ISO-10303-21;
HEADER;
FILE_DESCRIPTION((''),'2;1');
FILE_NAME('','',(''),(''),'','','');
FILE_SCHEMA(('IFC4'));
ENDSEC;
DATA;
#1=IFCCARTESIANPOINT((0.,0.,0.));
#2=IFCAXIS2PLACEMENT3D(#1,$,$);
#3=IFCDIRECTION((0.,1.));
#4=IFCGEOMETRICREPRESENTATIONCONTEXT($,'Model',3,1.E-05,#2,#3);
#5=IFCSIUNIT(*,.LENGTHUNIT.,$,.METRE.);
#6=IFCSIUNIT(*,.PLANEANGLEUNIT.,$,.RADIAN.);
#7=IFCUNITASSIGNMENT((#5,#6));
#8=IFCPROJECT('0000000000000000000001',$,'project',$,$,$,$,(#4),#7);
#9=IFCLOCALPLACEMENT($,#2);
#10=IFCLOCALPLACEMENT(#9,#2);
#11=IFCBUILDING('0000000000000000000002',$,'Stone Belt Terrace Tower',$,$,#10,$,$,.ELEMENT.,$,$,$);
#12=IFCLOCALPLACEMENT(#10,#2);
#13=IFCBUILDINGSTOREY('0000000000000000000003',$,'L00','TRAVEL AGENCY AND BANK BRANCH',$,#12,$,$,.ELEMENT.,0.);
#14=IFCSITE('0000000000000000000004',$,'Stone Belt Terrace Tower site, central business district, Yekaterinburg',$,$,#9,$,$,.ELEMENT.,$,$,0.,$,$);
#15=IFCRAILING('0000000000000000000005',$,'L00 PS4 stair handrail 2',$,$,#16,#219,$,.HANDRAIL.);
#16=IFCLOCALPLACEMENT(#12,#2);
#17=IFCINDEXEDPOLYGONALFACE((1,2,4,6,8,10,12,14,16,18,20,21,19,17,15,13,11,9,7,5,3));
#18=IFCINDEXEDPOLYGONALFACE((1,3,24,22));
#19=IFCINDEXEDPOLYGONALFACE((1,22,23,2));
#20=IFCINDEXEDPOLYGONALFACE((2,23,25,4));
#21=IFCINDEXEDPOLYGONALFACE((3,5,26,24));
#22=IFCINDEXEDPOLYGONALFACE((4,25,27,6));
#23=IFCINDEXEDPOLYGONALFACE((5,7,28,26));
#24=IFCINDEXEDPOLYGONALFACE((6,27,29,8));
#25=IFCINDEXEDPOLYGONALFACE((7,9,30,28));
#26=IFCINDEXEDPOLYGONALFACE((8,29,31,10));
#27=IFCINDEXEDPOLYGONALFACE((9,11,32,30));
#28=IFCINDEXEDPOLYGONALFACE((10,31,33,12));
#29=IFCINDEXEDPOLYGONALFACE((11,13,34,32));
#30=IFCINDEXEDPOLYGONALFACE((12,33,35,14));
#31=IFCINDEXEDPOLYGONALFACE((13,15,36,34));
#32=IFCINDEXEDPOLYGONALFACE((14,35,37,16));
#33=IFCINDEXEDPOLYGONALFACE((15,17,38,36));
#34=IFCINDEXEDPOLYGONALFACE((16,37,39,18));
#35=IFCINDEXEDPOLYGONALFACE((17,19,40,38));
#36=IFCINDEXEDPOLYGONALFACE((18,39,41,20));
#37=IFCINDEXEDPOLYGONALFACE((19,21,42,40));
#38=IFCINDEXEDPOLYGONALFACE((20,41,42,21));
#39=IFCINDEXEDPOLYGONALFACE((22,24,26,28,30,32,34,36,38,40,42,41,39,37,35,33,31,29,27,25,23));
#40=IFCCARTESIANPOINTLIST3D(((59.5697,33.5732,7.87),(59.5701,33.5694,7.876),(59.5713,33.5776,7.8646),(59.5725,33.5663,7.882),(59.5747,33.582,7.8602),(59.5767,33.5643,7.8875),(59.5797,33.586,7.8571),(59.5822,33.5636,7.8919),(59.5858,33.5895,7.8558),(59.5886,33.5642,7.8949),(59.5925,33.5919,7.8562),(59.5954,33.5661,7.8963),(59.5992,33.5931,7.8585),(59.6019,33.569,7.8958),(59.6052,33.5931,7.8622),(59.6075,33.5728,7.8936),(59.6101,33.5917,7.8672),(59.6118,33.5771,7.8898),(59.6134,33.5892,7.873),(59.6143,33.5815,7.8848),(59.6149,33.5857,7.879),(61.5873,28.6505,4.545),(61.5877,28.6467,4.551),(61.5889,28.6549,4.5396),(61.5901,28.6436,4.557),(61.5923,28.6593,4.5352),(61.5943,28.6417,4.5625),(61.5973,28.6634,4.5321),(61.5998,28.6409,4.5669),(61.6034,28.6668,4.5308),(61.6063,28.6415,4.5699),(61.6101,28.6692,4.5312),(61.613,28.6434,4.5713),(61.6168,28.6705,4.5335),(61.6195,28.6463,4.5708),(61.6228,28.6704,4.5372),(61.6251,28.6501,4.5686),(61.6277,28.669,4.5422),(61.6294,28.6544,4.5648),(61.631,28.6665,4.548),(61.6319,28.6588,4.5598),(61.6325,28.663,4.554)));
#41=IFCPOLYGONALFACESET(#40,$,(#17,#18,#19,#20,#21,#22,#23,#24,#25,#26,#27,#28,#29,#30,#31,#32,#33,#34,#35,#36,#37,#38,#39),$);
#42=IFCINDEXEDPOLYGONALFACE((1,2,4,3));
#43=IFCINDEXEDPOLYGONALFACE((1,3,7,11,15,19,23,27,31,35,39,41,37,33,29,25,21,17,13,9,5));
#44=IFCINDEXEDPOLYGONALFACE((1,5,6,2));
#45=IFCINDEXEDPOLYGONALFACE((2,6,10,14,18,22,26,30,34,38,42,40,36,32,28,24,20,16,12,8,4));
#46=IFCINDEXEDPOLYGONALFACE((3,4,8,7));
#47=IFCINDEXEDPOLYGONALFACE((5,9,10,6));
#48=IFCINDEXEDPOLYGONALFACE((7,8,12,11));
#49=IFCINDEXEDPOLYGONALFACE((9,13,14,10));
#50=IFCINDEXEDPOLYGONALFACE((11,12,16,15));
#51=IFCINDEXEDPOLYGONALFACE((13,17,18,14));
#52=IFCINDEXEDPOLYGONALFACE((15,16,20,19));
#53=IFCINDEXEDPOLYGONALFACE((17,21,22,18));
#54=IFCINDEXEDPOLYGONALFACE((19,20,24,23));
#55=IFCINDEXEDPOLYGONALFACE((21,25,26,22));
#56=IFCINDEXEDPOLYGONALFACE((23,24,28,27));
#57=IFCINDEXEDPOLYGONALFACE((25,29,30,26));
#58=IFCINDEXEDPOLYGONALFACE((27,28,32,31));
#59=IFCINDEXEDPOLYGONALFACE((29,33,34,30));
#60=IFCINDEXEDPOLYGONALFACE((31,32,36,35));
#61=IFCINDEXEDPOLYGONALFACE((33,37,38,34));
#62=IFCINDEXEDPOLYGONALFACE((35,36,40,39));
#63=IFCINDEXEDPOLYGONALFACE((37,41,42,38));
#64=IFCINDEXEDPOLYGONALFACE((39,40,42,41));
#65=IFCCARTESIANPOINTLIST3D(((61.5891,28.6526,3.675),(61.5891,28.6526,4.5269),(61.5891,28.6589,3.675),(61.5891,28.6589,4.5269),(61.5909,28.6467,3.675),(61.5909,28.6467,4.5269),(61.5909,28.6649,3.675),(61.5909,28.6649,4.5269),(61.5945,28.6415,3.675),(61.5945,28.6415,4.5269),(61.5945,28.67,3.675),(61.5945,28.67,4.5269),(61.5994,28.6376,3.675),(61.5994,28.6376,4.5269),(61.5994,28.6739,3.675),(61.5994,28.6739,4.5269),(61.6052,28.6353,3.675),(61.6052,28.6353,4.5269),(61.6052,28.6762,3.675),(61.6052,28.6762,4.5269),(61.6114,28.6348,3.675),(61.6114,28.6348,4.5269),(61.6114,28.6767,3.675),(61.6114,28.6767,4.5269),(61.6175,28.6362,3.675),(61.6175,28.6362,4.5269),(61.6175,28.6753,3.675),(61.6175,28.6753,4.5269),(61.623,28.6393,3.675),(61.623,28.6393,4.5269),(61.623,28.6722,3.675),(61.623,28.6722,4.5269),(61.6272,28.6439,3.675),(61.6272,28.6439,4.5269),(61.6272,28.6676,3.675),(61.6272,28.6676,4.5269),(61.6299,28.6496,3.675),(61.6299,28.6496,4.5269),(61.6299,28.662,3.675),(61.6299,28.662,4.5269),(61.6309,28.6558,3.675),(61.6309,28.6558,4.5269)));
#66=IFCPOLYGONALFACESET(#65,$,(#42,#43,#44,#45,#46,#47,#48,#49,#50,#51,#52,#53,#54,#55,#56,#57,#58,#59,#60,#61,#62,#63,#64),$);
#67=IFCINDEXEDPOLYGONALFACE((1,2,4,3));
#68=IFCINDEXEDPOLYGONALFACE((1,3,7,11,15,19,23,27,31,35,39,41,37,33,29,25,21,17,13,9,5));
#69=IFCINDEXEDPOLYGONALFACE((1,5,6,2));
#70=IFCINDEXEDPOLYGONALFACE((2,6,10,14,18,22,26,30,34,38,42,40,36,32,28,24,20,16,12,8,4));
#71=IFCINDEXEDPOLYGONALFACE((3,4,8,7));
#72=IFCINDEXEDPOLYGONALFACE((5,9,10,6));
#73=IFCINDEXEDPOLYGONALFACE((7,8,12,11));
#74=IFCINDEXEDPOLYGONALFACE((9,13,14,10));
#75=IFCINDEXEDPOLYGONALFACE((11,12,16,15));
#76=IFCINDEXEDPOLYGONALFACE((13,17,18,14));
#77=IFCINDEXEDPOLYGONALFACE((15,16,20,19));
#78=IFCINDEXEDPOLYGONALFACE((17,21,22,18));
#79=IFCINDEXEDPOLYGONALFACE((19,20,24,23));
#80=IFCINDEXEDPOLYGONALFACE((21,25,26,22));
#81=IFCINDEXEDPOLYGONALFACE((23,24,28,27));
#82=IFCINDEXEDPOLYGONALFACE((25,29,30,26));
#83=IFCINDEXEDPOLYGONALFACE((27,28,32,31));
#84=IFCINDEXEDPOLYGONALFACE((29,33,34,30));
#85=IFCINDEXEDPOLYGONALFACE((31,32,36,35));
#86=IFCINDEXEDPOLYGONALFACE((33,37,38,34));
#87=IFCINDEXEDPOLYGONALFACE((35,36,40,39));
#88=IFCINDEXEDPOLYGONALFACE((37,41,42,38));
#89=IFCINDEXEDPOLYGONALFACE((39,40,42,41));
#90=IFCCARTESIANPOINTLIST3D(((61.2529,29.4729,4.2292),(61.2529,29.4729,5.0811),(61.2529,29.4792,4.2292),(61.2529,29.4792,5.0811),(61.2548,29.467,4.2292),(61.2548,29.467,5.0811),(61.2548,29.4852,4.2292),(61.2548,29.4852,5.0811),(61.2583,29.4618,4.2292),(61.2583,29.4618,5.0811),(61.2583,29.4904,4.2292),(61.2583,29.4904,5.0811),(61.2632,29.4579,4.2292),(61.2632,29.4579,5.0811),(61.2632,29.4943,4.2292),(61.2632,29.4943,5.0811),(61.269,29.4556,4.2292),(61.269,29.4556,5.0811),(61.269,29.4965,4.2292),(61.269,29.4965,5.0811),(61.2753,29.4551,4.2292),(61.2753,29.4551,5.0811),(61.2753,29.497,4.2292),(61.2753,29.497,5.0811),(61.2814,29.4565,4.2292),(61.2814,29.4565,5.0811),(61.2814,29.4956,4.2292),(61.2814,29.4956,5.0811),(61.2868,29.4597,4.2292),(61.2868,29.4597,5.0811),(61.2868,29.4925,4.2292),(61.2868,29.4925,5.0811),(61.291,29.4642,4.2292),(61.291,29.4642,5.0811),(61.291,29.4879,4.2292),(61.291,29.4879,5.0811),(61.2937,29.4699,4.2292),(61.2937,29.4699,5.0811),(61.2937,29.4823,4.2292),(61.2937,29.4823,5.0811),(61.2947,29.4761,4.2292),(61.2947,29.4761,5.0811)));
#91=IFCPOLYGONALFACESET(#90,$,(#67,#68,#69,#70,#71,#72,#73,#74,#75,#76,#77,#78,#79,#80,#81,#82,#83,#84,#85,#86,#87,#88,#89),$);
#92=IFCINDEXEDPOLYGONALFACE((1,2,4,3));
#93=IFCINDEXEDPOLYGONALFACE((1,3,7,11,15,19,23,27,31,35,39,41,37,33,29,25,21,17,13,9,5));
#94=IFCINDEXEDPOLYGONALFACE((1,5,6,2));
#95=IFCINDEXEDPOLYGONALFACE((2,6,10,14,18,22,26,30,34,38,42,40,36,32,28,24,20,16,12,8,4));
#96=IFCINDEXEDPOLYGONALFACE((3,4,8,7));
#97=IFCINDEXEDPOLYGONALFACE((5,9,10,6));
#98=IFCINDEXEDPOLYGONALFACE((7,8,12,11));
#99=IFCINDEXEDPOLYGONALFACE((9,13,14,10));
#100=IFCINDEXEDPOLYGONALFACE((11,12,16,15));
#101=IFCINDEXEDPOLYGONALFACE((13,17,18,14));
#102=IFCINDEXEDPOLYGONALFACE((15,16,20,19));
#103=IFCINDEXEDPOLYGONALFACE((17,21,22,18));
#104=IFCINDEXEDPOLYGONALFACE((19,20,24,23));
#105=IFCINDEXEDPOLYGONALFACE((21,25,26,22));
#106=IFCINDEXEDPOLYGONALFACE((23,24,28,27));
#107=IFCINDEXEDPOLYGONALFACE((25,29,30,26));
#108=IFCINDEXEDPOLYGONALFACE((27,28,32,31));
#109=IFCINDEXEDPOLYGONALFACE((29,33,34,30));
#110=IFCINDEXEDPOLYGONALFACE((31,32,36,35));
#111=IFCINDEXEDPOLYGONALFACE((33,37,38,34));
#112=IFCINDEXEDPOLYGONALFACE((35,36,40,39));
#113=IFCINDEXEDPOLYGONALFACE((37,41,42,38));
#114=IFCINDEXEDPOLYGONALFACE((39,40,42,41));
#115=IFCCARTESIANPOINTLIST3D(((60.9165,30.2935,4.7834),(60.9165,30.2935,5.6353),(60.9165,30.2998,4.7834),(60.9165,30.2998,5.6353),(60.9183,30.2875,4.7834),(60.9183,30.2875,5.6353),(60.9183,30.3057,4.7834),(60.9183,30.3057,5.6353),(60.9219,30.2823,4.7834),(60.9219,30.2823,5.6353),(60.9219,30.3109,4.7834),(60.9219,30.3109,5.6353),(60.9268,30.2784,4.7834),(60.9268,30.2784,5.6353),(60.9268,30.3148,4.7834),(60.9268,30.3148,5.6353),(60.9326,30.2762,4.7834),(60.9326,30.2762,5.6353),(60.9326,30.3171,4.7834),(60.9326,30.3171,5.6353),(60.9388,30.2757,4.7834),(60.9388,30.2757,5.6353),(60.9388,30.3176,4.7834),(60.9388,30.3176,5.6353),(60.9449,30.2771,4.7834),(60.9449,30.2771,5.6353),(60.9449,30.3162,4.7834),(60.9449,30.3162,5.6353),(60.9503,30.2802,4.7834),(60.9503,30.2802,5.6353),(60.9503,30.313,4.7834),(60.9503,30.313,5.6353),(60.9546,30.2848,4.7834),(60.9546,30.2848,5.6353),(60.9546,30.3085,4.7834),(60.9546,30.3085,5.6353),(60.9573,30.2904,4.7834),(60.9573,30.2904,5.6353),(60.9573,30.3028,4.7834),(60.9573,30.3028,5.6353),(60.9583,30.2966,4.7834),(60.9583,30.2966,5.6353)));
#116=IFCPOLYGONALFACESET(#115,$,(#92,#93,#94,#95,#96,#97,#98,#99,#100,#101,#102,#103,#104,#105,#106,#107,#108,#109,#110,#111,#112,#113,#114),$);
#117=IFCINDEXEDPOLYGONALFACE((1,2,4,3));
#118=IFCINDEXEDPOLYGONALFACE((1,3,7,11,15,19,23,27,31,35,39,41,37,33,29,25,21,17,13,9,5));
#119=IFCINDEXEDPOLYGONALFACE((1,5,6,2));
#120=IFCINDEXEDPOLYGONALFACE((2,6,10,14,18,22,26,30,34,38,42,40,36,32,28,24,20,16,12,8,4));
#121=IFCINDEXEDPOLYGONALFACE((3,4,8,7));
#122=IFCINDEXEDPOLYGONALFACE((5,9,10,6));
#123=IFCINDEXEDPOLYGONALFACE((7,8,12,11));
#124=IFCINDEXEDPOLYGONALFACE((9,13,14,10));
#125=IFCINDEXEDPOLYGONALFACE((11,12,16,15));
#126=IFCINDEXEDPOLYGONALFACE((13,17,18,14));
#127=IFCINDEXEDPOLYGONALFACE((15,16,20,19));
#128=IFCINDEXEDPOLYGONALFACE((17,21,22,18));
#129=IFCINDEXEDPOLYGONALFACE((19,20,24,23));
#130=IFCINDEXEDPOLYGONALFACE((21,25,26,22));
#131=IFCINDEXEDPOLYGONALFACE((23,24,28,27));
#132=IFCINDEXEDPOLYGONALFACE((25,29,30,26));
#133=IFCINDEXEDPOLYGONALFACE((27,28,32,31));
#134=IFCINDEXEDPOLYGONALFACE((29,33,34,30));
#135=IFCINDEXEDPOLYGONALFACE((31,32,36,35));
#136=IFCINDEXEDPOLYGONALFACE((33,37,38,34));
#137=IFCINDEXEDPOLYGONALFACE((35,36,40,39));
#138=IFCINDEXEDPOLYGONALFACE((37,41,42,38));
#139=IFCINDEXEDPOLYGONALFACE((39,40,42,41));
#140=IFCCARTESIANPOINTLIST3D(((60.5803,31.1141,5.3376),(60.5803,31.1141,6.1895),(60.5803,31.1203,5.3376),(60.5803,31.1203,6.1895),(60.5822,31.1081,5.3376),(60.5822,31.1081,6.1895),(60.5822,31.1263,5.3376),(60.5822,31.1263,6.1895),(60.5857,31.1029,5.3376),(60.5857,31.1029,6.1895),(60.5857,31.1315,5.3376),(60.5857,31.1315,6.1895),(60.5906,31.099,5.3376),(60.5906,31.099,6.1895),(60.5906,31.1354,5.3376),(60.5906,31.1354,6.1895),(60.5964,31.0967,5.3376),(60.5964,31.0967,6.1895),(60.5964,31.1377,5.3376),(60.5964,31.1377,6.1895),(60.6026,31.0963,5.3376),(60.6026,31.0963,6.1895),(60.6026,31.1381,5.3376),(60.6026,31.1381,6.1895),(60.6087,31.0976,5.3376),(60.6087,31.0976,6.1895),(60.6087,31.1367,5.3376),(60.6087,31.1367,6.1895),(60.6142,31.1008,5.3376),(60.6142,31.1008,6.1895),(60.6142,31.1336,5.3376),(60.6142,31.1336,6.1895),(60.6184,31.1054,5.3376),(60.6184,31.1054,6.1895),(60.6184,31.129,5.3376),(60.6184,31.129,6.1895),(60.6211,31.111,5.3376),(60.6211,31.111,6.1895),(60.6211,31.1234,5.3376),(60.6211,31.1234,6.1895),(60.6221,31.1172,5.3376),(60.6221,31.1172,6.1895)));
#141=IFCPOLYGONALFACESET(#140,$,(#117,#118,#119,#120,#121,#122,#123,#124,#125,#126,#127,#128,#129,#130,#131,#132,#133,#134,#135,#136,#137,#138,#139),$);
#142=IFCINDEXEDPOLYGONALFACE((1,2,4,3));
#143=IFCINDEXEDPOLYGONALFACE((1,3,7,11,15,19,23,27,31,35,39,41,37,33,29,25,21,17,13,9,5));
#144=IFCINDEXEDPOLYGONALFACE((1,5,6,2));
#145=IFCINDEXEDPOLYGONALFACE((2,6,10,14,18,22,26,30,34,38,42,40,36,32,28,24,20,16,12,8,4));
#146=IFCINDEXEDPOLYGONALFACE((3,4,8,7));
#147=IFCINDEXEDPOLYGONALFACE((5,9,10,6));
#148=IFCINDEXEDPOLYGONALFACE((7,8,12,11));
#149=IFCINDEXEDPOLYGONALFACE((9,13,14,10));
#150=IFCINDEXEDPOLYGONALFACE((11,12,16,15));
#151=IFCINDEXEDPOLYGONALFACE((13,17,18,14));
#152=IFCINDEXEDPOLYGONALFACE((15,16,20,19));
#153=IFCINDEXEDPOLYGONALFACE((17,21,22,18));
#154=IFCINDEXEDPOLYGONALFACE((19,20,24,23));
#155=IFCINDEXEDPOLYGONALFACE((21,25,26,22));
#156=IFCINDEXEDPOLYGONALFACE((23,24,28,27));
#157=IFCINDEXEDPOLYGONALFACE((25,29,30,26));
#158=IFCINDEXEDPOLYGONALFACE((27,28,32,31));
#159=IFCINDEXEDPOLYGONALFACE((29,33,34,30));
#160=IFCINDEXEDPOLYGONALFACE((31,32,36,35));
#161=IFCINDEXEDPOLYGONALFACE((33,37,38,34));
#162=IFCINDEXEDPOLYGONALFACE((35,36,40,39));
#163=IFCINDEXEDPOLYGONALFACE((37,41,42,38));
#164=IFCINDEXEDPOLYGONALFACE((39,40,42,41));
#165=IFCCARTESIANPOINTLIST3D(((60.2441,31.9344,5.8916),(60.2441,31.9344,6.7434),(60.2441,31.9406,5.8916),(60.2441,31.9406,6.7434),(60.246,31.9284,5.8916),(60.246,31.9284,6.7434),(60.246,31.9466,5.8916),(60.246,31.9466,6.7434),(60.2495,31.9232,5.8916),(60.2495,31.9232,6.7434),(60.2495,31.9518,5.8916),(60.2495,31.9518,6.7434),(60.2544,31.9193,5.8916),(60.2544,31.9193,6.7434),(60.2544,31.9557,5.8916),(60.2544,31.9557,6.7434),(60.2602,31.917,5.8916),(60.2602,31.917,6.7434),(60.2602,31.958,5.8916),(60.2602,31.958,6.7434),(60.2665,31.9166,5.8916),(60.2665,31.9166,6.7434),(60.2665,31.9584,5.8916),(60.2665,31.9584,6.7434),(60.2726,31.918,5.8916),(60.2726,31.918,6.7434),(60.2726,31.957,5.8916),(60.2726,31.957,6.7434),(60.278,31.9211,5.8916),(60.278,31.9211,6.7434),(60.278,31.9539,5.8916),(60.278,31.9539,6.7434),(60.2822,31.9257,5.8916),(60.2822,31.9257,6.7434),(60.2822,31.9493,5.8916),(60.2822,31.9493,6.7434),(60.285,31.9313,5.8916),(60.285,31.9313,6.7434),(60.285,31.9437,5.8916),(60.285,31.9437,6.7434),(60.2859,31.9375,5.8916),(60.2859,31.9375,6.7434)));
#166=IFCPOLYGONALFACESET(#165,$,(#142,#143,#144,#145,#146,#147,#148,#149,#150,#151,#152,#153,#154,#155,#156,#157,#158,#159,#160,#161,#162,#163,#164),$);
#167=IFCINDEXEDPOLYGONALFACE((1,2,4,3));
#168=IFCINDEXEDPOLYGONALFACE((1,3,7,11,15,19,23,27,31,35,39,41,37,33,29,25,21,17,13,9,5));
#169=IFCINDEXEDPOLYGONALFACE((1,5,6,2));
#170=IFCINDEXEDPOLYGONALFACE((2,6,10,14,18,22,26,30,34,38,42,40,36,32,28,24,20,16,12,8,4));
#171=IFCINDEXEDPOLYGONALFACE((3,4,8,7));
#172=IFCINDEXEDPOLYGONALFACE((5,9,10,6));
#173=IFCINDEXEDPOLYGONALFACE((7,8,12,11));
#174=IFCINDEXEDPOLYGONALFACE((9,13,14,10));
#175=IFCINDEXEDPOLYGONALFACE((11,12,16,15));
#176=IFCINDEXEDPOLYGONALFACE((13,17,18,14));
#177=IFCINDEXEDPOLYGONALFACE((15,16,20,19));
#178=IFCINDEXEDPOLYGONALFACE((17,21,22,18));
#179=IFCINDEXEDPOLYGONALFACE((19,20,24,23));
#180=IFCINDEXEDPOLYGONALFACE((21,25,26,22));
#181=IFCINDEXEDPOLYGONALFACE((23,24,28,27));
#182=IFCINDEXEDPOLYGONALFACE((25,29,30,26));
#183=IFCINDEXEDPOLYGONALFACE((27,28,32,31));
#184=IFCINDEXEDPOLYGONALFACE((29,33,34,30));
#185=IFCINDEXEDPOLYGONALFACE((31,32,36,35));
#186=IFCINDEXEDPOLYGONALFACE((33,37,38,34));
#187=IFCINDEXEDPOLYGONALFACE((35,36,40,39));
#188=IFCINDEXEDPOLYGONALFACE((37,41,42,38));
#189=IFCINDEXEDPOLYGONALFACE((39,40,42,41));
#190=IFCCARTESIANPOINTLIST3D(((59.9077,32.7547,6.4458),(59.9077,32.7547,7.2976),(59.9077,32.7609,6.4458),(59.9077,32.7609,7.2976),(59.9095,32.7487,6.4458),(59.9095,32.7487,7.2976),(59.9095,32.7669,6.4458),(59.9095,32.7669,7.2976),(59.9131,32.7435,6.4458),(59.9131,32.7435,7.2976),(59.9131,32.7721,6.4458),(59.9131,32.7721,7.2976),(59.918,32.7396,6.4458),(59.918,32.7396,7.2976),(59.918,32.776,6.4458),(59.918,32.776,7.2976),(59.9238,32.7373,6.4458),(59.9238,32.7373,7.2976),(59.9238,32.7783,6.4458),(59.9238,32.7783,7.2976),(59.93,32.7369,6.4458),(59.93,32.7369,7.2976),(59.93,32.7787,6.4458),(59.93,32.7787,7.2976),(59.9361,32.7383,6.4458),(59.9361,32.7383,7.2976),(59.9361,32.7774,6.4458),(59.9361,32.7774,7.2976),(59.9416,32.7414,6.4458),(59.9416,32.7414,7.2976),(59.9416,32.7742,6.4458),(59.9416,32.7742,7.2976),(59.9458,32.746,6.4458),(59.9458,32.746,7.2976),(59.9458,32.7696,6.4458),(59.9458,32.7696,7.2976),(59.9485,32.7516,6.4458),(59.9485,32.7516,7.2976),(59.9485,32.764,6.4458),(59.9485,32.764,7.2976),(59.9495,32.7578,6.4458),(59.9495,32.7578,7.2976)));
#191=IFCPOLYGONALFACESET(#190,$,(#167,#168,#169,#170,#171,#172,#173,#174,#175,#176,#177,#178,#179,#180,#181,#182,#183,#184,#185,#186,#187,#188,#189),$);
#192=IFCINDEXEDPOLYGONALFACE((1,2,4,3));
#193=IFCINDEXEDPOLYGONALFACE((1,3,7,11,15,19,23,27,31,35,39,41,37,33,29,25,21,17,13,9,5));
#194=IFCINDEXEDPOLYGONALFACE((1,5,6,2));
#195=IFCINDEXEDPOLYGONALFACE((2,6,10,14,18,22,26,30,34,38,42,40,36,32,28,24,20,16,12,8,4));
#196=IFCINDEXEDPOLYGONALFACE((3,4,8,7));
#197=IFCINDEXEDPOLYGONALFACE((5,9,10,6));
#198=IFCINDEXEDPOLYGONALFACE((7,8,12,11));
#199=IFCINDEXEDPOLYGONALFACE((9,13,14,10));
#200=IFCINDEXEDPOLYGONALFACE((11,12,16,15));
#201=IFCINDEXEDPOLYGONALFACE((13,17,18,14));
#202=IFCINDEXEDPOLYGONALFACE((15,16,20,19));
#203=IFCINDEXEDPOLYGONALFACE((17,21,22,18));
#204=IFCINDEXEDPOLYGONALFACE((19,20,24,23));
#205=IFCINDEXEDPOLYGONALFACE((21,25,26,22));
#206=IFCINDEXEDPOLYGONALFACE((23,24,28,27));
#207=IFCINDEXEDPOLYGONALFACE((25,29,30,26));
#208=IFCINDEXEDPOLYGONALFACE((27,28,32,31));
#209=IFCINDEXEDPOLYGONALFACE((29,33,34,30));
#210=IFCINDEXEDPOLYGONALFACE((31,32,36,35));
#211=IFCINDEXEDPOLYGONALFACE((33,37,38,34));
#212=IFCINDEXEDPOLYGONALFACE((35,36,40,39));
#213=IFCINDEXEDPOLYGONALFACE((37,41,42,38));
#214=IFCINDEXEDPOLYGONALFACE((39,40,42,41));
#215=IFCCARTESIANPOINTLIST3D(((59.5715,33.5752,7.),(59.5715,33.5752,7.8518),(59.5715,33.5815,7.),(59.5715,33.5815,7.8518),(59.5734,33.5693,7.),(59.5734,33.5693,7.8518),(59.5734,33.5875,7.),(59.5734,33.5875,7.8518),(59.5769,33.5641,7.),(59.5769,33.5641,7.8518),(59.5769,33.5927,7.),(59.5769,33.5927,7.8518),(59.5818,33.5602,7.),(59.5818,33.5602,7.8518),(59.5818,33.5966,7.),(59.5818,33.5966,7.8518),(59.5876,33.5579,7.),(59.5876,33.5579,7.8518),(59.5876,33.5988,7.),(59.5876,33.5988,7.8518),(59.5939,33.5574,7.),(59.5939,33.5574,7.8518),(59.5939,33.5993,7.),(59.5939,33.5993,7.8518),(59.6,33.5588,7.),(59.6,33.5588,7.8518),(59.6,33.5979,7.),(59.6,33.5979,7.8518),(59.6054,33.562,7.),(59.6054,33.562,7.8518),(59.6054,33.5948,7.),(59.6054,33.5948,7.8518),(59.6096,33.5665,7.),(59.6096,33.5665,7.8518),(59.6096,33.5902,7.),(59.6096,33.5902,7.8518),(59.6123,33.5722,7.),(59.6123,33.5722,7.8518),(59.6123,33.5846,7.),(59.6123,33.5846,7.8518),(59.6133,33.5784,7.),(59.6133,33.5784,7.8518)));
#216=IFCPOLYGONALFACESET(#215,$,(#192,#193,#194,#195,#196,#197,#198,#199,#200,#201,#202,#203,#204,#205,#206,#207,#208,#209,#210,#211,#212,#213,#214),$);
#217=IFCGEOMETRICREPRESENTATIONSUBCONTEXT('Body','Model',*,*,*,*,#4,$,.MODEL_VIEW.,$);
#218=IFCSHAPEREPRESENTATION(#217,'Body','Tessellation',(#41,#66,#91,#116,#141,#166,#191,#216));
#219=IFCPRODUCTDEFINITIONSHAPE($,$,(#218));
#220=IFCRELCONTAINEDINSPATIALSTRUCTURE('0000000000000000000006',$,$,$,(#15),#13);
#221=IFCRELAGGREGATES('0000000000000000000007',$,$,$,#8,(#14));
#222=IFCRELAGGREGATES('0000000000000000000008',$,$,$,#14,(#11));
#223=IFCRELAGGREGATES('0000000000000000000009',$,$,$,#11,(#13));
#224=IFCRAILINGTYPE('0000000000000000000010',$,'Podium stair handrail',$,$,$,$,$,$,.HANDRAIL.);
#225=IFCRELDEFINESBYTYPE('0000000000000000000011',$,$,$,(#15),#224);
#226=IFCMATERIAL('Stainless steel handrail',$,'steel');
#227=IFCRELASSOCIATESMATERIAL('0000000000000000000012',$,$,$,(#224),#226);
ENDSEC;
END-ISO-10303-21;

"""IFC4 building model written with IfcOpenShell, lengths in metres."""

from ifc_helpers import new_model, si_unit, direction, frame, origin, origin_2d, place, context, subcontext, project, spatial, circle, extrude, material, type_object, element, save


model = new_model("IFC4")

# Units and contexts
model_context = context("Model", 3, precision=1e-05, world=origin(), true_north=direction((0.0, 1.0)))
body_context = subcontext(model_context, "Body", "Model", "MODEL_VIEW")
ifc_project = project(units=[si_unit("LENGTHUNIT", "METRE"), si_unit("PLANEANGLEUNIT", "RADIAN")], contexts=[model_context])

# Site, building, storey
site_placement = place(None, origin())
site = spatial("IfcSite", under=ifc_project, at=site_placement, Name="Stone Belt Terrace Tower site, central business district, Yekaterinburg", CompositionType="ELEMENT", RefElevation=0.0)
building_placement = place(site_placement, origin())
building = spatial("IfcBuilding", under=site, at=building_placement, Name="Stone Belt Terrace Tower", CompositionType="ELEMENT")
storey_placement = place(building_placement, origin())
storey = spatial("IfcBuildingStorey", under=building, at=storey_placement, Name="L00", Description="TRAVEL AGENCY AND BANK BRANCH", CompositionType="ELEMENT", Elevation=0.0)

# Railing
ifc_material_1 = material(Name="Stainless steel handrail", Category="steel")
railing_type_1 = type_object("IfcRailingType", Name="Podium stair handrail", PredefinedType="HANDRAIL", material=ifc_material_1)
railing_1_placement = place(storey_placement, frame((61.6099, 28.6558, 3.675)))
element("IfcRailing", 1, at=railing_1_placement, inside=storey, type_object=railing_type_1, Name="L00 PS4 stair handrail 2", PredefinedType="HANDRAIL", context=body_context, shape_type="SweptSolid", body=[
    extrude(circle(Radius=0.0239, at=origin_2d()), frame((0.0, 0.0, 0.876), z_axis=(-0.321598, 0.784655, 0.529991), x_axis=(-0.925297, -0.379242, 0.0)), (0.0, 0.0, 1.0), 6.2737),
    extrude(circle(Radius=0.021, at=origin_2d()), origin(), (0.0, 0.0, 1.0), 0.8518),
    extrude(circle(Radius=0.021, at=origin_2d()), frame((-0.3362, 0.8203, 0.5542)), (0.0, 0.0, 1.0), 0.8518),
    extrude(circle(Radius=0.021, at=origin_2d()), frame((-0.6726, 1.6409, 1.1084)), (0.0, 0.0, 1.0), 0.8518),
    extrude(circle(Radius=0.021, at=origin_2d()), frame((-1.0088, 2.4614, 1.6626)), (0.0, 0.0, 1.0), 0.8518),
    extrude(circle(Radius=0.021, at=origin_2d()), frame((-1.345, 3.2817, 2.2166)), (0.0, 0.0, 1.0), 0.8518),
    extrude(circle(Radius=0.021, at=origin_2d()), frame((-1.6814, 4.1021, 2.7708)), (0.0, 0.0, 1.0), 0.8518),
    extrude(circle(Radius=0.021, at=origin_2d()), frame((-2.0176, 4.9226, 3.325)), (0.0, 0.0, 1.0), 0.8518),
])

save(model, "model.ifc")
